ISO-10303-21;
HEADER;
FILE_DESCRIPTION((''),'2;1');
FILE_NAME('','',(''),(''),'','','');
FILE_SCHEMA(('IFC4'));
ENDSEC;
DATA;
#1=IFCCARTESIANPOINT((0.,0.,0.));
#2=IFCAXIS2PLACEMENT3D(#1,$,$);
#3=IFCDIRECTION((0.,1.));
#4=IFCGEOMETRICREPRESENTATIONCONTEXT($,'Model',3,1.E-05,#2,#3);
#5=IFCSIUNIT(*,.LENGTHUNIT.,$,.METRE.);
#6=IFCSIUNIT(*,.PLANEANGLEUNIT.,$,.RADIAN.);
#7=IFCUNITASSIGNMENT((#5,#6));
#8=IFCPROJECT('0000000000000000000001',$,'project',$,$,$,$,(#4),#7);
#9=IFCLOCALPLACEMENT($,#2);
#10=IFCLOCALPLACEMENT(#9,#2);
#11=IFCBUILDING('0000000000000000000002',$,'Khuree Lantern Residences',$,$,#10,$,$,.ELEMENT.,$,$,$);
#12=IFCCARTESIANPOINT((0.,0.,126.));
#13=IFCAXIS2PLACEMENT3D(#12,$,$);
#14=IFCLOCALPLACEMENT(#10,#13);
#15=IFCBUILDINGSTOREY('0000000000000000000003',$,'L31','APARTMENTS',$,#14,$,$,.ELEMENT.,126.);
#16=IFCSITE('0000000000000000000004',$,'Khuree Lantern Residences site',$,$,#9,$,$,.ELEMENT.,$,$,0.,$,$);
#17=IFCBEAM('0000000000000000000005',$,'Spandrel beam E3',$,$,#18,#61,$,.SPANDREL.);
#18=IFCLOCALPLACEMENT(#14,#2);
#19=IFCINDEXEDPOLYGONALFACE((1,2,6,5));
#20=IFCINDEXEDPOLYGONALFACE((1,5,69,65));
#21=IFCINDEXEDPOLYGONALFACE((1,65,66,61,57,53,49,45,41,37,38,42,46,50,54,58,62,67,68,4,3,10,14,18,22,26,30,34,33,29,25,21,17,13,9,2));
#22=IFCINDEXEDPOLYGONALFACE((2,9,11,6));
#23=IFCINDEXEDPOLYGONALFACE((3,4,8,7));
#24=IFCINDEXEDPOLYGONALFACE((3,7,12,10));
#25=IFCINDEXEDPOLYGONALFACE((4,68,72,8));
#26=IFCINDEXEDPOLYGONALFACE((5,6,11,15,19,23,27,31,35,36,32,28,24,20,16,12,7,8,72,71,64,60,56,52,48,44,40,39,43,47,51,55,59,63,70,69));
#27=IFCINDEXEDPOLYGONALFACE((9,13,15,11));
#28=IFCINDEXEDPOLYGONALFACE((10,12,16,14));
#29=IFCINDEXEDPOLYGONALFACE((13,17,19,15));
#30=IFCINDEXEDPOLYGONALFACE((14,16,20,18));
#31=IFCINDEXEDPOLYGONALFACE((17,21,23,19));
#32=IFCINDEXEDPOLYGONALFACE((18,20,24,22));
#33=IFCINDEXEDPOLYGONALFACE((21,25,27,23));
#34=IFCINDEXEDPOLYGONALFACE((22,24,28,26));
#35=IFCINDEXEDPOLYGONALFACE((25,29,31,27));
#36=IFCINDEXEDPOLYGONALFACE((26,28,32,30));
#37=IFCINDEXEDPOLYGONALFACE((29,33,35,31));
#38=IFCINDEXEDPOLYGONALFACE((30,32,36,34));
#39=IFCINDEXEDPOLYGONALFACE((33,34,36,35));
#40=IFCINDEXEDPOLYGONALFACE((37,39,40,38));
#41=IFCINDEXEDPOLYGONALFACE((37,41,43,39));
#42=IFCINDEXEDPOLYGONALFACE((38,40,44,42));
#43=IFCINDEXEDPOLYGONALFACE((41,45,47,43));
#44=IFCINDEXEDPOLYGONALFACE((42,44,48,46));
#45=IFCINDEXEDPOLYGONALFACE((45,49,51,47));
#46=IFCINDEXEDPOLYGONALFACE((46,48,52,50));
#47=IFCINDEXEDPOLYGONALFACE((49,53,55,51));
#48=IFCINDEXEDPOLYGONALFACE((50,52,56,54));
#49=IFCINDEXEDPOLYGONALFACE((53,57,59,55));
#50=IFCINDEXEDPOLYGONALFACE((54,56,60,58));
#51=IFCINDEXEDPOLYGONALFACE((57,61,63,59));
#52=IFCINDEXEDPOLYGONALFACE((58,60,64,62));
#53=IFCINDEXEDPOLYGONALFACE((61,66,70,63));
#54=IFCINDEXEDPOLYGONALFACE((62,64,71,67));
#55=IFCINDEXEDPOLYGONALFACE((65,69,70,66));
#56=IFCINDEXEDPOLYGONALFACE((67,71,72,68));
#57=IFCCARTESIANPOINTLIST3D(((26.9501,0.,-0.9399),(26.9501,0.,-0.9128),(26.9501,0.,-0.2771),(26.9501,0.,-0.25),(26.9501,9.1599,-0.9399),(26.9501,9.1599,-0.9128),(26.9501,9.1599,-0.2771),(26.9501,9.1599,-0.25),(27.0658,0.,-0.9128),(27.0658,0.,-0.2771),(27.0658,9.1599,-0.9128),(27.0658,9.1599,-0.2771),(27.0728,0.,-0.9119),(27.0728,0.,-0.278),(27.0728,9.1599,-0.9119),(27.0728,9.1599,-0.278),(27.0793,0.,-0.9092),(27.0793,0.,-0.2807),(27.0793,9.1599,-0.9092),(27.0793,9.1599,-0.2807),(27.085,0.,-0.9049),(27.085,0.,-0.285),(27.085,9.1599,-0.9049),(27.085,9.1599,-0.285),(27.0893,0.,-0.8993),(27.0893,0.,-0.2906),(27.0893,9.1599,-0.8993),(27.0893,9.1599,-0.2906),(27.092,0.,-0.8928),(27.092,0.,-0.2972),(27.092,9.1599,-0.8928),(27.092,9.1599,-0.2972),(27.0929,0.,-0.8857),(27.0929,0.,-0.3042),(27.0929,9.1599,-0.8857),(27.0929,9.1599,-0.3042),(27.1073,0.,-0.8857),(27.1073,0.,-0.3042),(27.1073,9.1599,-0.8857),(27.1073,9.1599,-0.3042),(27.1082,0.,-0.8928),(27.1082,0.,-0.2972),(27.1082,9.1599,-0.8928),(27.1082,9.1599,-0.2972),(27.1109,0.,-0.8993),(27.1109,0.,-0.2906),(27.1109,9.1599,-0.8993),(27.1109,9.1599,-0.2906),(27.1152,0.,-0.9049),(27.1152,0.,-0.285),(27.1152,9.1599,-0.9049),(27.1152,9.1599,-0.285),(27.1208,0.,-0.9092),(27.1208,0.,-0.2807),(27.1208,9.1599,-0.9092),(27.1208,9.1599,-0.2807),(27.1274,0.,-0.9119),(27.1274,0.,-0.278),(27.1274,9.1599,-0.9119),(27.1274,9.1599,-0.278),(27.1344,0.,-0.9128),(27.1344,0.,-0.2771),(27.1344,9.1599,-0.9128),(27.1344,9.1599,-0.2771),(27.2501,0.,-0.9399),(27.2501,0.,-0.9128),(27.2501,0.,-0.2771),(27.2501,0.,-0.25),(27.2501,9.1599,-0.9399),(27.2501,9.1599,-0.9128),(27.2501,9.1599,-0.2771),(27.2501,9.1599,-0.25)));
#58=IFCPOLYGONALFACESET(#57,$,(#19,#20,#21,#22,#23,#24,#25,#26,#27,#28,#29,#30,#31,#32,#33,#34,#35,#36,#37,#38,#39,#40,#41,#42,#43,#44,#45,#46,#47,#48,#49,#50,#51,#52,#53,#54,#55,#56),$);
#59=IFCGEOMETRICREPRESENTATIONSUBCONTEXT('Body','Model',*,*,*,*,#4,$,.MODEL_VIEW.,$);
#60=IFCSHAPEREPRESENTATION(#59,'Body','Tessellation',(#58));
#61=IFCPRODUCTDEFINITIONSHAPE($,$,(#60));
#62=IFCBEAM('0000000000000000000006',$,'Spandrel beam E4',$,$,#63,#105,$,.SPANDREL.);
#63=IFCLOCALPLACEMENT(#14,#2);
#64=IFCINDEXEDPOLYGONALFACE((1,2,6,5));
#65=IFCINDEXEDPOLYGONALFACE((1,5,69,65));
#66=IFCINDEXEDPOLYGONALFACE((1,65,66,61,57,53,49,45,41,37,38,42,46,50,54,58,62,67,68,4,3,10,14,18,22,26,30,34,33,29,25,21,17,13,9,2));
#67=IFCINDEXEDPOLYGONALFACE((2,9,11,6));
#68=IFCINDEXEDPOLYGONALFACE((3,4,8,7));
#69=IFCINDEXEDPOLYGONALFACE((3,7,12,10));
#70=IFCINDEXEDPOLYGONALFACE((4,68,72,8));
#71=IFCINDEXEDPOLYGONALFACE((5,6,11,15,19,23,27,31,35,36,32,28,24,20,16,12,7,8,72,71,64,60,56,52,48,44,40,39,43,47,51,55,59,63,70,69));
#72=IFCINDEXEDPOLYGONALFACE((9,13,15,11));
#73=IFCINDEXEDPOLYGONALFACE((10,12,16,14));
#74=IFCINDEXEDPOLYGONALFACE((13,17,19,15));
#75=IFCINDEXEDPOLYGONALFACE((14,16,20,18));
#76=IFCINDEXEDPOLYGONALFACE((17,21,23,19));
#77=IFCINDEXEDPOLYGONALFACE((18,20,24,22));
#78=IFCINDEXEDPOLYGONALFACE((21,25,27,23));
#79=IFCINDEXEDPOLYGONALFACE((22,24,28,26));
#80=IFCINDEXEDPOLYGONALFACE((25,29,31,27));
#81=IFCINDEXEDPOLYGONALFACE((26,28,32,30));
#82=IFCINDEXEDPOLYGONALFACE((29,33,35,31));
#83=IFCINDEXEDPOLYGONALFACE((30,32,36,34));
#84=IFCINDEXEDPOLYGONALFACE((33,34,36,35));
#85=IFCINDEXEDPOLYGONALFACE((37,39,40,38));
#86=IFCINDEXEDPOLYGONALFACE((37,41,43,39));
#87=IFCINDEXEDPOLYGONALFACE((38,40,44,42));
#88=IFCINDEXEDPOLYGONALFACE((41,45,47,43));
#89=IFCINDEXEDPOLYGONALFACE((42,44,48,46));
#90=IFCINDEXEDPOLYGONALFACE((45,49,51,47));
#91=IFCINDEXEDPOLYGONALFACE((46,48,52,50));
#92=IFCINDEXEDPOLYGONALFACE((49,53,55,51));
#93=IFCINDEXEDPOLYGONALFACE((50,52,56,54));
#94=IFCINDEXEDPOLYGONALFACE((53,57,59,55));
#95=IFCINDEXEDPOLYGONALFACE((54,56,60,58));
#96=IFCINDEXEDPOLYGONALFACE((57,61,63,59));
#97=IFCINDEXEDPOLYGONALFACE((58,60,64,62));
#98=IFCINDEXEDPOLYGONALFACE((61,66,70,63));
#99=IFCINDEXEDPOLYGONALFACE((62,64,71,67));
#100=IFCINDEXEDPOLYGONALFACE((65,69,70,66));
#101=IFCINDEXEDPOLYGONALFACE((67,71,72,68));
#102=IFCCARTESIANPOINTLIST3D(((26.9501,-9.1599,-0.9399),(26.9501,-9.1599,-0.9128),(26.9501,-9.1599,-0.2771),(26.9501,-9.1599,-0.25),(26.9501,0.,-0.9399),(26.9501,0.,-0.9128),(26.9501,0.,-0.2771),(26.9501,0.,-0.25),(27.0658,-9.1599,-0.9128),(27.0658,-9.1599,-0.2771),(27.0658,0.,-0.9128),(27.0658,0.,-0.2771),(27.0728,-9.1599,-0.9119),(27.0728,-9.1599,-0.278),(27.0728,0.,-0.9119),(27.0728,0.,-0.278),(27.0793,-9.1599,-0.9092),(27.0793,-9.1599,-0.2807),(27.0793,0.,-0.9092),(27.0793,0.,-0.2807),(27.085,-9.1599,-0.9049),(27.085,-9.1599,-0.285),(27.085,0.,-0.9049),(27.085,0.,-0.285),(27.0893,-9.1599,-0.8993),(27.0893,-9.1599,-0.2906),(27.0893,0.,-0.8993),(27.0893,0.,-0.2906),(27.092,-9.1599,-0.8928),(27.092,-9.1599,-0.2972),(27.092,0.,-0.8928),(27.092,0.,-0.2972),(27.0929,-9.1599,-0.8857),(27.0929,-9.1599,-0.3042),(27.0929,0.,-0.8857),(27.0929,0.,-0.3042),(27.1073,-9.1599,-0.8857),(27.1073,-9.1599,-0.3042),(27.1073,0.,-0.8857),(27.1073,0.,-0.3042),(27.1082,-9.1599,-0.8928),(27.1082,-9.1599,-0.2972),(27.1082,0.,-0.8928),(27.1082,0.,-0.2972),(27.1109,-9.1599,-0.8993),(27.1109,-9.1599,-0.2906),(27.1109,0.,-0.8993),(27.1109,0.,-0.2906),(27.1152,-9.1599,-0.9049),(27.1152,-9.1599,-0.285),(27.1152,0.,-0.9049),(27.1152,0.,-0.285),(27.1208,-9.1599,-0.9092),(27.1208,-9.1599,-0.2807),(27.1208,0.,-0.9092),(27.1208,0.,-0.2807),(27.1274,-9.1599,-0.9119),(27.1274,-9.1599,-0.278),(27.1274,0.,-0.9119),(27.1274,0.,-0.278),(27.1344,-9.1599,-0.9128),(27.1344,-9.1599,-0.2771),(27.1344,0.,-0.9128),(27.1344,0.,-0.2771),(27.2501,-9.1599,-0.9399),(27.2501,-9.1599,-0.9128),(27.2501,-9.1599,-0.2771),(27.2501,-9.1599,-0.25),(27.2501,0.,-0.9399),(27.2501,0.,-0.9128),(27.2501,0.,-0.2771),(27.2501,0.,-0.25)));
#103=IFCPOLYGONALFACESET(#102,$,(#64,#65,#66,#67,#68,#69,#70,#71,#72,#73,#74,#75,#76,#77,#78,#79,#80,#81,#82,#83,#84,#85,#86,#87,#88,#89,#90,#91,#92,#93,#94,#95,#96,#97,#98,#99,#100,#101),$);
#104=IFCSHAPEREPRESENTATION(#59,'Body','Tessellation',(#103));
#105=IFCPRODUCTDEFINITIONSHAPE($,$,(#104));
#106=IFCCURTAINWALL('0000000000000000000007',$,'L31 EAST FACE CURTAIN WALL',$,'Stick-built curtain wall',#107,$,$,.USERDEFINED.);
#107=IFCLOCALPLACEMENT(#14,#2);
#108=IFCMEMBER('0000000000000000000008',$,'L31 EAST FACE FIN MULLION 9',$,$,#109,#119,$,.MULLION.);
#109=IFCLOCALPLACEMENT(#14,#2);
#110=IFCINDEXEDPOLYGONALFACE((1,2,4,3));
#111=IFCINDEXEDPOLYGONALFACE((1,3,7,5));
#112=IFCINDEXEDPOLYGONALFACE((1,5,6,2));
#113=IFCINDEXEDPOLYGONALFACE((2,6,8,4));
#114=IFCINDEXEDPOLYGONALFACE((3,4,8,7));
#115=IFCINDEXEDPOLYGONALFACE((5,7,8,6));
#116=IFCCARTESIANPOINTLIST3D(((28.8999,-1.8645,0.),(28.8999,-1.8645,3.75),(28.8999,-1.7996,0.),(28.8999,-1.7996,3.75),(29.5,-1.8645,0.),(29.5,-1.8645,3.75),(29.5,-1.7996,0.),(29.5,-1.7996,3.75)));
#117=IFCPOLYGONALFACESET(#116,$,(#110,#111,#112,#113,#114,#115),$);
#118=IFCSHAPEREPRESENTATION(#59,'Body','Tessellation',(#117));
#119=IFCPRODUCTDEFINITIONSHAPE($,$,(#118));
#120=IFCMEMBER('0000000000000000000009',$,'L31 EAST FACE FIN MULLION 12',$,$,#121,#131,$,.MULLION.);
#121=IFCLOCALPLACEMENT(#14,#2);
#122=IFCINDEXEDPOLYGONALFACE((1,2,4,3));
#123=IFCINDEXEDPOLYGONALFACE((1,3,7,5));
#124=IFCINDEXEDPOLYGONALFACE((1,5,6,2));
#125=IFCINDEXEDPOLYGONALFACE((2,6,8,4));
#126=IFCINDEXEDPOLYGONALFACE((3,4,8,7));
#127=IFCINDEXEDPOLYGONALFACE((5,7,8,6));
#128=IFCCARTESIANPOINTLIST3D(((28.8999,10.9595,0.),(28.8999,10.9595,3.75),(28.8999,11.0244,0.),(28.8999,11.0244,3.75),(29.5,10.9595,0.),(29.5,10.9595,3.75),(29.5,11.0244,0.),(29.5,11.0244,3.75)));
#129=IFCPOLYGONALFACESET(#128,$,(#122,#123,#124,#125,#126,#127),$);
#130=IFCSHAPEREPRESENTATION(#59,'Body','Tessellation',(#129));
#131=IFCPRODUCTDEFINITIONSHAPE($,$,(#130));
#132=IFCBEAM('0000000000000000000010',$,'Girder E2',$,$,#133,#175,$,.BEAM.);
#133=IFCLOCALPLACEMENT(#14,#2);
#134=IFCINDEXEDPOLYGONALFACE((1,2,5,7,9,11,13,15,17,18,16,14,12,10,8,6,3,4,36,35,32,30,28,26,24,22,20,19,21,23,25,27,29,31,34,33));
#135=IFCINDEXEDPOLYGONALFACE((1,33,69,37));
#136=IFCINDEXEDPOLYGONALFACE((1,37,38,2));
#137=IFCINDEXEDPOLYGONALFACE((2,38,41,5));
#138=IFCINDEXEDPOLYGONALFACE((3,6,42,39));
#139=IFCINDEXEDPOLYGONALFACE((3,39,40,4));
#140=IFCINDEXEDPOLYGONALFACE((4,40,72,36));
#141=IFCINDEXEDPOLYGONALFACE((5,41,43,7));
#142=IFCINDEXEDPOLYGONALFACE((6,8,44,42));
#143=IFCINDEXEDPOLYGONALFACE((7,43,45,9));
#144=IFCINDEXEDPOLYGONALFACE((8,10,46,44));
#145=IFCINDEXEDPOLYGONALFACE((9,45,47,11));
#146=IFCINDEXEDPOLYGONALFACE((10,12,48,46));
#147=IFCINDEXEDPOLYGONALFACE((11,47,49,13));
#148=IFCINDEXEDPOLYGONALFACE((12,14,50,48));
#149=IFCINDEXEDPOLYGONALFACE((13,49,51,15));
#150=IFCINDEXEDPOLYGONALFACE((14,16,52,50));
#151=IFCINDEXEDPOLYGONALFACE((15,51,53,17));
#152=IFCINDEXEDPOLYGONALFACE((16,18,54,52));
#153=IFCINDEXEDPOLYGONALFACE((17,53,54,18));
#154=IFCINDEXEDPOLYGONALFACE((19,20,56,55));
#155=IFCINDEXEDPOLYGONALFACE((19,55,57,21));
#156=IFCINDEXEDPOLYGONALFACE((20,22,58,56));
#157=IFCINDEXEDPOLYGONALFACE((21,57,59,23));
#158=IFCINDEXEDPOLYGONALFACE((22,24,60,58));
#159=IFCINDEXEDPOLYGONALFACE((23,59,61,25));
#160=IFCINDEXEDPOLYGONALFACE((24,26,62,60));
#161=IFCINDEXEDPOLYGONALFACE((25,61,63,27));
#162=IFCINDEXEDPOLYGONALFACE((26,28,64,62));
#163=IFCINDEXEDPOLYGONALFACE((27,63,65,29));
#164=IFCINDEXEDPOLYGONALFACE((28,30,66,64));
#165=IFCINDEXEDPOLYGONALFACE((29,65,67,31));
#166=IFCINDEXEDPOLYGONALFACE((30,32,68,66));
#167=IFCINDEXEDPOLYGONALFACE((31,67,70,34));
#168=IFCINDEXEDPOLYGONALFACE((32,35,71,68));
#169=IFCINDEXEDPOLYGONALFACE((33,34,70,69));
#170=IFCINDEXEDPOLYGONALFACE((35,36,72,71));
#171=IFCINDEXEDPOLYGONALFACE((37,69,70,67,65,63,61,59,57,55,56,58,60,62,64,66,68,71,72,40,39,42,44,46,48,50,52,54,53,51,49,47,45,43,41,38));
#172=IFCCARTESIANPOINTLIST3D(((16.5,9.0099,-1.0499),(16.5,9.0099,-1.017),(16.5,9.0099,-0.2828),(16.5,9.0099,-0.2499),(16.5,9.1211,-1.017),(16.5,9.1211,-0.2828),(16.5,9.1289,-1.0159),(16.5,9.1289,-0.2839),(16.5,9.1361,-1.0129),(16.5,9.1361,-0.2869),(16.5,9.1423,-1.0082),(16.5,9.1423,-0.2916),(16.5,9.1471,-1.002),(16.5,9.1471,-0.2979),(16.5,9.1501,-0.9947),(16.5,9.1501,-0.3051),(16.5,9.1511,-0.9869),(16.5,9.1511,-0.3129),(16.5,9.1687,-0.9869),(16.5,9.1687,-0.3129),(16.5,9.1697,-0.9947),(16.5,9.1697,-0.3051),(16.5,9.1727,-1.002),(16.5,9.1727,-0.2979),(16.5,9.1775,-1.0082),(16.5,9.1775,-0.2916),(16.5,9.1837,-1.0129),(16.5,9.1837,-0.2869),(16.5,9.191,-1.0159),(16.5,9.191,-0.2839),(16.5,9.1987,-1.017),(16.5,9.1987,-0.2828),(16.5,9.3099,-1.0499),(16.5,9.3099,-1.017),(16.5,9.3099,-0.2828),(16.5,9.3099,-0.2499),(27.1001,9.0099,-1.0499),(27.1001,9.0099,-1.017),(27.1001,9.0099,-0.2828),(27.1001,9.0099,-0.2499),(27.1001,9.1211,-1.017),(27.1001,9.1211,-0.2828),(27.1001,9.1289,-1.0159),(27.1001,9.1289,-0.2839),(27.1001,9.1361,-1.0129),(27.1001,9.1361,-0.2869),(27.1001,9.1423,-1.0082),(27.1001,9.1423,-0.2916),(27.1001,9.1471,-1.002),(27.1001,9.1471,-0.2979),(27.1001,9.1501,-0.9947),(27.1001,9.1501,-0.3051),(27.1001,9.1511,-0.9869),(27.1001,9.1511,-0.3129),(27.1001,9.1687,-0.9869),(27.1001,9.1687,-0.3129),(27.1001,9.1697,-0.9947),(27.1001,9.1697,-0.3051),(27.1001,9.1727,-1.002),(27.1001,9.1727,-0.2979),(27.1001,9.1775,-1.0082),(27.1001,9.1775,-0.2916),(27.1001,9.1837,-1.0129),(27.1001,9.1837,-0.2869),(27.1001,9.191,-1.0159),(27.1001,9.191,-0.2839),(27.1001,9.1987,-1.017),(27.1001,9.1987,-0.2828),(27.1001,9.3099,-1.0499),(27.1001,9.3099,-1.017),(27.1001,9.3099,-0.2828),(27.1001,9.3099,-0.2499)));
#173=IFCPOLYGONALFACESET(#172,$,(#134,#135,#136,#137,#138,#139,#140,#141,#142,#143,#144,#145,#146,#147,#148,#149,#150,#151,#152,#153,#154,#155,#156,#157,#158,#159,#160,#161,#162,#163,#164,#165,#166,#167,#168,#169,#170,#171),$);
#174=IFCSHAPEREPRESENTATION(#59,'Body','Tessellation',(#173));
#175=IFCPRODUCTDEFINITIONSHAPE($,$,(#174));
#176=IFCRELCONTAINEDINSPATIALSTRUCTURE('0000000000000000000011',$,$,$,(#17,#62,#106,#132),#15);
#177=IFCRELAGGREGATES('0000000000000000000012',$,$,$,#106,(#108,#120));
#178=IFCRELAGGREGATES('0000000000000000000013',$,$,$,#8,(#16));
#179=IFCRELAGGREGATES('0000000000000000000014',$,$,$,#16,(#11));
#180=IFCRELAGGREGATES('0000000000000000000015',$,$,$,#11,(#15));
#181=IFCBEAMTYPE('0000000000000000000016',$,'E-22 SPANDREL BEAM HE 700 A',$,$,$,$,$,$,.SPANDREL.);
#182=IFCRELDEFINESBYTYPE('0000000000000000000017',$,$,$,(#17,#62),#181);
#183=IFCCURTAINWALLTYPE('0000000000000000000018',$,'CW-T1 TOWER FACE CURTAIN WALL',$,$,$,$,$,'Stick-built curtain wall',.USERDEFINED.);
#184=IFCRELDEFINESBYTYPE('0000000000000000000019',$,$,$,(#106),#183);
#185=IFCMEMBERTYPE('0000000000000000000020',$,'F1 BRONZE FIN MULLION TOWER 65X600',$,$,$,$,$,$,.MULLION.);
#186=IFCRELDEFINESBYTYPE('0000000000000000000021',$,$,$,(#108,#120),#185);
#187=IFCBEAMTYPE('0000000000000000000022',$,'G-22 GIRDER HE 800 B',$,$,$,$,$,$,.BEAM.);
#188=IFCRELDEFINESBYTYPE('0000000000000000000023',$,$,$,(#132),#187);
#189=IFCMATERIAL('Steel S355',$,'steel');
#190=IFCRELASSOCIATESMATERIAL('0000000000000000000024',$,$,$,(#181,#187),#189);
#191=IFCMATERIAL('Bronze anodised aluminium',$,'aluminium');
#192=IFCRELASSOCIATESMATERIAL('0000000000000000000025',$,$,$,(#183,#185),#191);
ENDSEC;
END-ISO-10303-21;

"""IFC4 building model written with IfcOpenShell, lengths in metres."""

from ifc_helpers import new_model, si_unit, direction, frame, origin, origin_2d, place, context, subcontext, project, spatial, rectangle, i_section, extrude, material, material_profile, profile_set, type_object, element, aggregate, save


model = new_model("IFC4")

# Units and contexts
model_context = context("Model", 3, precision=1e-05, world=origin(), true_north=direction((0.0, 1.0)))
body_context = subcontext(model_context, "Body", "Model", "MODEL_VIEW")
ifc_project = project(units=[si_unit("LENGTHUNIT", "METRE"), si_unit("PLANEANGLEUNIT", "RADIAN")], contexts=[model_context])

# Site, building, storey
site_placement = place(None, origin())
site = spatial("IfcSite", under=ifc_project, at=site_placement, Name="Khuree Lantern Residences site", CompositionType="ELEMENT", RefElevation=0.0)
building_placement = place(site_placement, origin())
building = spatial("IfcBuilding", under=site, at=building_placement, Name="Khuree Lantern Residences", CompositionType="ELEMENT")
storey_placement = place(building_placement, frame((0.0, 0.0, 126.0)))
storey = spatial("IfcBuildingStorey", under=building, at=storey_placement, Name="L31", Description="APARTMENTS", CompositionType="ELEMENT", Elevation=126.0)

# Beams
ifc_material_1 = material(Name="Steel S355", Category="steel")
ifc_material_profile_1 = material_profile(ifc_material_1, i_section(OverallWidth=0.3, OverallDepth=0.6899, WebThickness=0.0144, FlangeThickness=0.0271, FilletRadius=0.0271, at=origin_2d()), Name="HE 700 A")
ifc_profile_set_1 = profile_set([ifc_material_profile_1], Name="Steel S355")
beam_type_1 = type_object("IfcBeamType", Name="E-22 SPANDREL BEAM HE 700 A", PredefinedType="SPANDREL", material=ifc_profile_set_1)
for number, where, z_axis, x_axis, name in (
    (1, (27.1001, 9.1599, -0.595), (0.0, -1.0, 0.0), (1.0, 0.0, 0.0), "Spandrel beam E3"),
    (2, (27.1001, 0.0, -0.595), (0.0, -1.0, 0.0), (1.0, 0.0, 0.0), "Spandrel beam E4"),
):
    element("IfcBeam", number, at=place(storey_placement, frame(where, z_axis=z_axis, x_axis=x_axis)), inside=storey, type_object=beam_type_1, Name=name, PredefinedType="SPANDREL", context=body_context, shape_type="SweptSolid", body=[
        extrude(i_section(OverallWidth=0.3, OverallDepth=0.6899, WebThickness=0.0144, FlangeThickness=0.0271, FilletRadius=0.0271, at=origin_2d()), origin(), (0.0, 0.0, 1.0), 9.1599),
    ])

# Curtain wall, members
ifc_material_2 = material(Name="Bronze anodised aluminium", Category="aluminium")
curtain_wall_type = type_object("IfcCurtainWallType", Name="CW-T1 TOWER FACE CURTAIN WALL", ElementType="Stick-built curtain wall", PredefinedType="USERDEFINED", material=ifc_material_2)
curtain_wall_placement = place(storey_placement, origin())
curtain_wall = element("IfcCurtainWall", 3, at=curtain_wall_placement, inside=storey, type_object=curtain_wall_type, Name="L31 EAST FACE CURTAIN WALL", ObjectType="Stick-built curtain wall", PredefinedType="USERDEFINED")
ifc_material_profile_2 = material_profile(ifc_material_2, rectangle(XDim=0.0649, YDim=0.6001, at=origin_2d()), Name="F1 65X600")
ifc_profile_set_2 = profile_set([ifc_material_profile_2], Name="Bronze anodised aluminium")
member_type_1 = type_object("IfcMemberType", Name="F1 BRONZE FIN MULLION TOWER 65X600", PredefinedType="MULLION", material=ifc_profile_set_2)
member_1_placement = place(storey_placement, frame((29.2, -1.832, 0.0), z_axis=(0.0, 0.0, 1.0), x_axis=(0.0, 1.0, 0.0)))
member_1 = element("IfcMember", 4, at=member_1_placement, type_object=member_type_1, Name="L31 EAST FACE FIN MULLION 9", PredefinedType="MULLION", context=body_context, shape_type="SweptSolid", body=[
    extrude(rectangle(XDim=0.0649, YDim=0.6001, at=origin_2d()), origin(), (0.0, 0.0, 1.0), 3.75),
])
member_2_placement = place(storey_placement, frame((29.2, 10.9919, 0.0), z_axis=(0.0, 0.0, 1.0), x_axis=(0.0, 1.0, 0.0)))
member_2 = element("IfcMember", 5, at=member_2_placement, type_object=member_type_1, Name="L31 EAST FACE FIN MULLION 12", PredefinedType="MULLION", context=body_context, shape_type="SweptSolid", body=[
    extrude(rectangle(XDim=0.0649, YDim=0.6001, at=origin_2d()), origin(), (0.0, 0.0, 1.0), 3.75),
])

# Beam
ifc_material_profile_3 = material_profile(ifc_material_1, i_section(OverallWidth=0.3, OverallDepth=0.8, WebThickness=0.0176, FlangeThickness=0.033, FilletRadius=0.03, at=origin_2d()), Name="HE 800 B")
ifc_profile_set_3 = profile_set([ifc_material_profile_3], Name="Steel S355")
beam_type_2 = type_object("IfcBeamType", Name="G-22 GIRDER HE 800 B", PredefinedType="BEAM", material=ifc_profile_set_3)
for number, where, z_axis, x_axis, name in (
    (6, (27.1001, 9.1599, -0.6499), (-1.0, 0.0, 0.0), (0.0, -1.0, 0.0), "Girder E2"),
):
    element("IfcBeam", number, at=place(storey_placement, frame(where, z_axis=z_axis, x_axis=x_axis)), inside=storey, type_object=beam_type_2, Name=name, PredefinedType="BEAM", context=body_context, shape_type="SweptSolid", body=[
        extrude(i_section(OverallWidth=0.3, OverallDepth=0.8, WebThickness=0.0176, FlangeThickness=0.033, FilletRadius=0.03, at=origin_2d()), origin(), (0.0, 0.0, 1.0), 10.6001),
    ])

aggregate(curtain_wall, [member_1, member_2])

save(model, "model.ifc")
